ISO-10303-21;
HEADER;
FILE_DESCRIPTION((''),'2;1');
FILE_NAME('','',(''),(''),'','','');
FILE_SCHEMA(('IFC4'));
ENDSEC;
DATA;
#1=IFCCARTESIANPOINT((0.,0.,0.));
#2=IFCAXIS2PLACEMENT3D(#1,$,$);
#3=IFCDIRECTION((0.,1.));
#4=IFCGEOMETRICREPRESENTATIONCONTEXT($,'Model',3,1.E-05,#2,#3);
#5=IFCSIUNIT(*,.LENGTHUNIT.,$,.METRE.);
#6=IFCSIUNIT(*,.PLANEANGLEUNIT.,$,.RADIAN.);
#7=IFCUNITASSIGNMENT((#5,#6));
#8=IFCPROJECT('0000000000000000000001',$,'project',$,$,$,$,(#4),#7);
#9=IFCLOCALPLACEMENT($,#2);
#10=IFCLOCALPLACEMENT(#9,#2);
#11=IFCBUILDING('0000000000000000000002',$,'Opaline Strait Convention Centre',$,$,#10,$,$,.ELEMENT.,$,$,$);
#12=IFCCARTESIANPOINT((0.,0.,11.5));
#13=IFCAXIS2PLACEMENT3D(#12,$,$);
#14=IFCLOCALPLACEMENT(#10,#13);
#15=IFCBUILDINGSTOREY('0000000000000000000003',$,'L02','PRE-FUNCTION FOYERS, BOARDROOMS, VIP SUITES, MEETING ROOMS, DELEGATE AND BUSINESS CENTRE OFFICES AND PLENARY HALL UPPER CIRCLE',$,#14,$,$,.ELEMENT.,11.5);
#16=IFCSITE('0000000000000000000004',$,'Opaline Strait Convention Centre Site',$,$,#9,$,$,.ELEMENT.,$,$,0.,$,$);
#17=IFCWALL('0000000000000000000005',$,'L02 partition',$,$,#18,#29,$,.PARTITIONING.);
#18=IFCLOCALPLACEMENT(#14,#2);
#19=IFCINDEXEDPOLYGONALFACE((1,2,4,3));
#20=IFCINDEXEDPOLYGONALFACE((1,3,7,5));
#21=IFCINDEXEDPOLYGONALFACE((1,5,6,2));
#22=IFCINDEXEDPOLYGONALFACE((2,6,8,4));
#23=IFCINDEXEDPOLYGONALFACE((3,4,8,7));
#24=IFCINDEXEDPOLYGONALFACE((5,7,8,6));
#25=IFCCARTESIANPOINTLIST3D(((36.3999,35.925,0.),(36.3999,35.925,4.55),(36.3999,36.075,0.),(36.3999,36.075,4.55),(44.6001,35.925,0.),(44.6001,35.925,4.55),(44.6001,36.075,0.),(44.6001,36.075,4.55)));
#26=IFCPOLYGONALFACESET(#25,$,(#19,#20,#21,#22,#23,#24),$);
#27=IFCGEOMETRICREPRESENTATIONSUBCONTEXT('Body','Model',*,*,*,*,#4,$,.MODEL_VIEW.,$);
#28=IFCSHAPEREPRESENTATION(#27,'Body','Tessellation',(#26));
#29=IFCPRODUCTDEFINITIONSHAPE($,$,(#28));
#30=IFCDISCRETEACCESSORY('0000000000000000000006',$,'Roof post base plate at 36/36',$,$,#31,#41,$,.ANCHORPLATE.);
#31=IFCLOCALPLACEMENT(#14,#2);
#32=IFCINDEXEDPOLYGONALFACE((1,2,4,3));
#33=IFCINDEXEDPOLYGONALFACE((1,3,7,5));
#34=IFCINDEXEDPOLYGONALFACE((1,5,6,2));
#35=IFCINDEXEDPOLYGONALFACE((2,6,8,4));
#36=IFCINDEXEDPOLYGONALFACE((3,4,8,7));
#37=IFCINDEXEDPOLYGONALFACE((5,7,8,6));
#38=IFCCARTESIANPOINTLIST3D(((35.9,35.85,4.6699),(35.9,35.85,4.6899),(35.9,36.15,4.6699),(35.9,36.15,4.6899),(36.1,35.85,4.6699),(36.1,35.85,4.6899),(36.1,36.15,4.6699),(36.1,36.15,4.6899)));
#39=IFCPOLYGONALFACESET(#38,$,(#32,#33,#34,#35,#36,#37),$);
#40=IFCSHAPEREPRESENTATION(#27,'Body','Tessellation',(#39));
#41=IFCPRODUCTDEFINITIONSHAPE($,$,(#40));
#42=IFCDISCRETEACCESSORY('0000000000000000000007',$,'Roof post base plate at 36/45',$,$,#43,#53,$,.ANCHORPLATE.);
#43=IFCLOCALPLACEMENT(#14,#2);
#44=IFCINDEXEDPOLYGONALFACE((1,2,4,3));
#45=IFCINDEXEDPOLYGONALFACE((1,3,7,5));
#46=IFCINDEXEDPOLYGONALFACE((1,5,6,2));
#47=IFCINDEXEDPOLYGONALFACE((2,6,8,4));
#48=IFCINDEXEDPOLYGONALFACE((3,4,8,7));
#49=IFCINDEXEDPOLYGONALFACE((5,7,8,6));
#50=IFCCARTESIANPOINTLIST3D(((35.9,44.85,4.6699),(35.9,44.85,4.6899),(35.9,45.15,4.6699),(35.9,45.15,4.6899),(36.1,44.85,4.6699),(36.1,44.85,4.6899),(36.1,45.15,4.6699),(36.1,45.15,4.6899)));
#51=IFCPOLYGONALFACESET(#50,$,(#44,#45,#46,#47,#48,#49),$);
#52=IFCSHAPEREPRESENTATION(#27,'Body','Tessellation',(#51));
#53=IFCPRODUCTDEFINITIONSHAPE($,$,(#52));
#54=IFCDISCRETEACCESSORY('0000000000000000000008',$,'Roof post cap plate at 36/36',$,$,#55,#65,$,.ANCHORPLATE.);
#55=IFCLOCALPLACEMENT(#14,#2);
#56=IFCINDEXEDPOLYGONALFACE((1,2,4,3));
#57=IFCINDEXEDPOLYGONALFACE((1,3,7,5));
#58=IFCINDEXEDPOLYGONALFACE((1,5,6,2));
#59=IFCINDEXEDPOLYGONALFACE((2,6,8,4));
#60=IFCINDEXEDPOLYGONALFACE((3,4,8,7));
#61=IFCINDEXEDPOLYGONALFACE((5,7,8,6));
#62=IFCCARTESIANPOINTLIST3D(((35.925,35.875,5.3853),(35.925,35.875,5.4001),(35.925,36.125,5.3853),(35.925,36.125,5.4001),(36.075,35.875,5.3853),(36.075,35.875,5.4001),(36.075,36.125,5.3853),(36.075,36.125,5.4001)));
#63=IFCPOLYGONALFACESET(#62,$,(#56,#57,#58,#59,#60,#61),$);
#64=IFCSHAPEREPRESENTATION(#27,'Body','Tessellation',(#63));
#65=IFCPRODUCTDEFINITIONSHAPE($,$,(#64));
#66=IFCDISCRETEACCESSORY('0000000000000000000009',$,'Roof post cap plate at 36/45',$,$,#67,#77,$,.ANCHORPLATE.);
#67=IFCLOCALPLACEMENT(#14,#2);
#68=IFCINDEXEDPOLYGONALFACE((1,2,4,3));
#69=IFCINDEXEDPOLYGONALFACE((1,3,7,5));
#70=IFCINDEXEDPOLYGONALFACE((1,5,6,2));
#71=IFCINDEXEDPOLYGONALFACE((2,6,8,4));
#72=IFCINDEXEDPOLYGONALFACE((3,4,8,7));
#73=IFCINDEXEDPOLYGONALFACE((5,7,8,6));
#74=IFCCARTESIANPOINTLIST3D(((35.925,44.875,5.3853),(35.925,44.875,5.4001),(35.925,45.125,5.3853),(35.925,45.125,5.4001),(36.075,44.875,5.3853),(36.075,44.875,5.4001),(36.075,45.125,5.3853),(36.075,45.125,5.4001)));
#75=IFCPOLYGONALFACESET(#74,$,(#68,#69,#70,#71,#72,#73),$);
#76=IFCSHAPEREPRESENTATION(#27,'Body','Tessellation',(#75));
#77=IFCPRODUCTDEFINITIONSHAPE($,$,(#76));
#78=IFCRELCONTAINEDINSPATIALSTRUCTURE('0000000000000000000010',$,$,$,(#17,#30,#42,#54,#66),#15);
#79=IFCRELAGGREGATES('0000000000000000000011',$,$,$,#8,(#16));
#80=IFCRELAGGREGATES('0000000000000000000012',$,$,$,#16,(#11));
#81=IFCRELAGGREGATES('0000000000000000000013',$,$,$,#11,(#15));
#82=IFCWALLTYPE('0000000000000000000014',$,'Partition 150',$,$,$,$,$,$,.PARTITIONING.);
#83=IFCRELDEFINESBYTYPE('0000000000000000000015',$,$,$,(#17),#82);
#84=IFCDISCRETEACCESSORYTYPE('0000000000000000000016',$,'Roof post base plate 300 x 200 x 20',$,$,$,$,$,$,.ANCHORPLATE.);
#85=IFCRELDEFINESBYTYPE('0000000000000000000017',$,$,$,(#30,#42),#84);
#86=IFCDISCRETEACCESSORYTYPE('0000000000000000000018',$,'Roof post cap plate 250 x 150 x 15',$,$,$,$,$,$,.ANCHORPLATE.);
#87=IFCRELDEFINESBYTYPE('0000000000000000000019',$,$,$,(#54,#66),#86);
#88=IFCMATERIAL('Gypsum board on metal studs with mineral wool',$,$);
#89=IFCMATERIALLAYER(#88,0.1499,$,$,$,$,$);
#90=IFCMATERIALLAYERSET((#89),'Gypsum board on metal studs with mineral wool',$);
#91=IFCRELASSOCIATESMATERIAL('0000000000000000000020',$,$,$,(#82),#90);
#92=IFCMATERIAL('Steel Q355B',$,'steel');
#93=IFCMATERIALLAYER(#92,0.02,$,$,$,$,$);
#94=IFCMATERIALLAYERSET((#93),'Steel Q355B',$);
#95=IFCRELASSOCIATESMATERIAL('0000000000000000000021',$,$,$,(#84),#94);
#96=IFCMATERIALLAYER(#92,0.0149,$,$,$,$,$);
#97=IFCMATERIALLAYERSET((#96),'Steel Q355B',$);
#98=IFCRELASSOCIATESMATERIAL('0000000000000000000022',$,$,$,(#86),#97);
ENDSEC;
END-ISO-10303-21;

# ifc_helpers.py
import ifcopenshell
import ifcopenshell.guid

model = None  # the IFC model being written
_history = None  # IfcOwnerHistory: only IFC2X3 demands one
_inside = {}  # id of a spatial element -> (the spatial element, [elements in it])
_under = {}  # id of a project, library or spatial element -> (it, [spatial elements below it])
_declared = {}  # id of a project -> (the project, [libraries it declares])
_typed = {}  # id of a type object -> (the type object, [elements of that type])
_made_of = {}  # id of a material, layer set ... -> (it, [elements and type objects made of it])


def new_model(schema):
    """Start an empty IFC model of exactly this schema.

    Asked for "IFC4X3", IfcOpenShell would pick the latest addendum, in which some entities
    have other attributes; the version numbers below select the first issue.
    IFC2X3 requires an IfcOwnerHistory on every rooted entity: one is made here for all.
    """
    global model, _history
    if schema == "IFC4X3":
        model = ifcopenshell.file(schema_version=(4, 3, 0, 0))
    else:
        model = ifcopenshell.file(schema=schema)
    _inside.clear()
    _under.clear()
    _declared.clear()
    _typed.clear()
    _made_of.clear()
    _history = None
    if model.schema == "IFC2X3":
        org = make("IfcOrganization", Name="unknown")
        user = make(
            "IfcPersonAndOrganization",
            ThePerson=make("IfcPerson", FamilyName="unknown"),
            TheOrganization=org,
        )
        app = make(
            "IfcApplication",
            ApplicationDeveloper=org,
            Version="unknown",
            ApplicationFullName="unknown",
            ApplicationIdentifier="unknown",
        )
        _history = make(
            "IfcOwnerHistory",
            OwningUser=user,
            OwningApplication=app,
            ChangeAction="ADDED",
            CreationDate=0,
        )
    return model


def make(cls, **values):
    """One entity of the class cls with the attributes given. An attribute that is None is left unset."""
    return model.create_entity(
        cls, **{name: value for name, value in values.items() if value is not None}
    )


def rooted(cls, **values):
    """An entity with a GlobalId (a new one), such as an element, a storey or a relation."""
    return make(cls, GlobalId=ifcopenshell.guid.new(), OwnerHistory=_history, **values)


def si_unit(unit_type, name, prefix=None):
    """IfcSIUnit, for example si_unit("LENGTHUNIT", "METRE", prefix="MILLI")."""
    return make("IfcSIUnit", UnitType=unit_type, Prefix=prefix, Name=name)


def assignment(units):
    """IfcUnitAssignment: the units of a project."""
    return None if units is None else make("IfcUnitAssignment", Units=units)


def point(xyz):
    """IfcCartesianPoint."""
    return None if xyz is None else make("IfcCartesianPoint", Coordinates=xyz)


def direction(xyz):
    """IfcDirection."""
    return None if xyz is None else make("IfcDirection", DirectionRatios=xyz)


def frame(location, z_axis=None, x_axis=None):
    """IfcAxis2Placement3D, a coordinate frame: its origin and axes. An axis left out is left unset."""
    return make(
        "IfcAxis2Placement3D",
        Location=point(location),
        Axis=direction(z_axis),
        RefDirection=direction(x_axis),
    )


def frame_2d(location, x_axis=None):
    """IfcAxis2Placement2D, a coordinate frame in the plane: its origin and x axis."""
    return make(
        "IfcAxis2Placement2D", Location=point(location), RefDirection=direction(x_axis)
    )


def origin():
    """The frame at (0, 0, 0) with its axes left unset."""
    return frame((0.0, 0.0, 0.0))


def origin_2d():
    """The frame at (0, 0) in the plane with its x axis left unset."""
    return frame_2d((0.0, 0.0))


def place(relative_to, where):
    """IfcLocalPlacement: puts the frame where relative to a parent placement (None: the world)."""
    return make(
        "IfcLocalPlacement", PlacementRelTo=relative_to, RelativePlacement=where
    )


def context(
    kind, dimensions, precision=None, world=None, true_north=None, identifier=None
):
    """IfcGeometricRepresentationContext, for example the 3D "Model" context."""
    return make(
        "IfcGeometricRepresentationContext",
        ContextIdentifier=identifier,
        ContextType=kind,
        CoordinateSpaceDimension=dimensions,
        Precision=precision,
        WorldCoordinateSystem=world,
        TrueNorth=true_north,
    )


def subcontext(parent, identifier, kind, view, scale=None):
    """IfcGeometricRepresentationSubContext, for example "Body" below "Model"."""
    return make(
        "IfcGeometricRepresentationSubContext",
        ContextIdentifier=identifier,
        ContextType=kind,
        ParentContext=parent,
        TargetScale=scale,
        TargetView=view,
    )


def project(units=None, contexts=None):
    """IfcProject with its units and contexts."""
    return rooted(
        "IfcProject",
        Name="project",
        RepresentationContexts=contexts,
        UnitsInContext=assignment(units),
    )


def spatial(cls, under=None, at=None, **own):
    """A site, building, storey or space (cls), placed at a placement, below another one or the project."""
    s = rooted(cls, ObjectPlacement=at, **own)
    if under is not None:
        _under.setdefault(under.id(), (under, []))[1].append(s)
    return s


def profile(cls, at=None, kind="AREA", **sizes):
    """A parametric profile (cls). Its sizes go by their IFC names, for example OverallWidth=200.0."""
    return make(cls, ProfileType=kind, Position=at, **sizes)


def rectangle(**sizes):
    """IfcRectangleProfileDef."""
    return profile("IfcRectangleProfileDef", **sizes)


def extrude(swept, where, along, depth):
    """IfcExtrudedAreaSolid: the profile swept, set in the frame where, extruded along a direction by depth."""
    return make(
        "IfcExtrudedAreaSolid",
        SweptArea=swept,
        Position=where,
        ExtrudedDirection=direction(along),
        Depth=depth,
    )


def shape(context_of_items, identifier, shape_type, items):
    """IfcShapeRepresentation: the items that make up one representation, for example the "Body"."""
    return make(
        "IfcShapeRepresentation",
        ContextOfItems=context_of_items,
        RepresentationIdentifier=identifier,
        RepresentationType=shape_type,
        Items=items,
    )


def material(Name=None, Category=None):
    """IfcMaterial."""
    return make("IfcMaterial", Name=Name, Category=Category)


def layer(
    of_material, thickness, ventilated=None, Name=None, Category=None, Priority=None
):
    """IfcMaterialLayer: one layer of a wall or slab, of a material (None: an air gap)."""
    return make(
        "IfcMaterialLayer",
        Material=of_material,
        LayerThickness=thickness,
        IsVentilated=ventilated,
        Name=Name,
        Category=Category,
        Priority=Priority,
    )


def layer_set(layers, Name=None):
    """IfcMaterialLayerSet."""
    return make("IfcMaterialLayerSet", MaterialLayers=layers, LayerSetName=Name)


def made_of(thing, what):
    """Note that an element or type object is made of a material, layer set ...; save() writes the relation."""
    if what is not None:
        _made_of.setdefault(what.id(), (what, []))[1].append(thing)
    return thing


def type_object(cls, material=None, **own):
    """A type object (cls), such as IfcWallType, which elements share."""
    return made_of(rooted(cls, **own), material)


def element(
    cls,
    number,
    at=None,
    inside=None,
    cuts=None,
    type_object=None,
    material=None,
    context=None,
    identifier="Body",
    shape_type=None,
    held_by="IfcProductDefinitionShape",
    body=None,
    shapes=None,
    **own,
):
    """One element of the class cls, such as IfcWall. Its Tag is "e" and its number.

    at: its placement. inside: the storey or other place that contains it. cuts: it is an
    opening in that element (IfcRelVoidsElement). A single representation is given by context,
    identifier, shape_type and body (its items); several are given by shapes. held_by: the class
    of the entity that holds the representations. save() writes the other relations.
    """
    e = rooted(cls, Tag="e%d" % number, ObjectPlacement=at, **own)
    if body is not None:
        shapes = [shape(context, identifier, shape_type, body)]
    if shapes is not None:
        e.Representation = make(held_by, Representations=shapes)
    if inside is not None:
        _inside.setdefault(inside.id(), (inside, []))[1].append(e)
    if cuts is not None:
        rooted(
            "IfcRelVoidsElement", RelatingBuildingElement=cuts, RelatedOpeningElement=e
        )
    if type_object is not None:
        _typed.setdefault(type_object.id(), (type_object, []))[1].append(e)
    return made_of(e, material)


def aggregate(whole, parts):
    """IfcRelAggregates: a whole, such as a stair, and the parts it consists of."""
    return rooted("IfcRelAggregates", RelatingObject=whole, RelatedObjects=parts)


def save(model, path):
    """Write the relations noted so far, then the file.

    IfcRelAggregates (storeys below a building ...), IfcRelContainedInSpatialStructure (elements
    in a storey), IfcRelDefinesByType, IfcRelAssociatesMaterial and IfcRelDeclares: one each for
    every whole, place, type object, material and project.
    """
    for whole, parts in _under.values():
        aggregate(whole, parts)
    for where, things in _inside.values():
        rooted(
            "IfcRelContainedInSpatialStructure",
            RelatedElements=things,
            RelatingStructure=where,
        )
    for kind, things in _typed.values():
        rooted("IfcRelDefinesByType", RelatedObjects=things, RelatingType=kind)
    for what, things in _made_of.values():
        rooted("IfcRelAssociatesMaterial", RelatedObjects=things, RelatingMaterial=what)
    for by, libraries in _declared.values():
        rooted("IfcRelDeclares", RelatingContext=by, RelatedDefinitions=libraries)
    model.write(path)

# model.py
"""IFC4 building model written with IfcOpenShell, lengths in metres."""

from ifc_helpers import new_model, si_unit, direction, frame, frame_2d, origin, origin_2d, place, context, subcontext, project, spatial, rectangle, extrude, material, layer, layer_set, type_object, element, save


model = new_model("IFC4")

# Units and contexts
model_context = context("Model", 3, precision=1e-05, world=origin(), true_north=direction((0.0, 1.0)))
body_context = subcontext(model_context, "Body", "Model", "MODEL_VIEW")
ifc_project = project(units=[si_unit("LENGTHUNIT", "METRE"), si_unit("PLANEANGLEUNIT", "RADIAN")], contexts=[model_context])

# Site, building, storey
site_placement = place(None, origin())
site = spatial("IfcSite", under=ifc_project, at=site_placement, Name="Opaline Strait Convention Centre Site", CompositionType="ELEMENT", RefElevation=0.0)
building_placement = place(site_placement, origin())
building = spatial("IfcBuilding", under=site, at=building_placement, Name="Opaline Strait Convention Centre", CompositionType="ELEMENT")
storey_placement = place(building_placement, frame((0.0, 0.0, 11.5)))
storey = spatial("IfcBuildingStorey", under=building, at=storey_placement, Name="L02", Description="PRE-FUNCTION FOYERS, BOARDROOMS, VIP SUITES, MEETING ROOMS, DELEGATE AND BUSINESS CENTRE OFFICES AND PLENARY HALL UPPER CIRCLE", CompositionType="ELEMENT", Elevation=11.5)

# Shared definitions
ifc_material_1 = material(Name="Steel Q355B", Category="steel")

# Wall
ifc_material_2 = material(Name="Gypsum board on metal studs with mineral wool")
ifc_layer_1 = layer(ifc_material_2, 0.1499)
ifc_layer_set_1 = layer_set([ifc_layer_1], Name="Gypsum board on metal studs with mineral wool")
wall_type = type_object("IfcWallType", Name="Partition 150", PredefinedType="PARTITIONING", material=ifc_layer_set_1)
wall_placement = place(storey_placement, frame((36.3999, 36.0, 0.0), z_axis=(0.0, 0.0, 1.0), x_axis=(1.0, 0.0, 0.0)))
element("IfcWall", 1, at=wall_placement, inside=storey, type_object=wall_type, Name="L02 partition", PredefinedType="PARTITIONING", context=body_context, shape_type="SweptSolid", body=[
    extrude(rectangle(XDim=8.2002, YDim=0.1499, at=frame_2d((4.1001, 0.0))), origin(), (0.0, 0.0, 1.0), 4.55),
])

# Discrete accessories
ifc_layer_2 = layer(ifc_material_1, 0.02)
ifc_layer_set_2 = layer_set([ifc_layer_2], Name="Steel Q355B")
discrete_accessory_type_1 = type_object("IfcDiscreteAccessoryType", Name="Roof post base plate 300 x 200 x 20", PredefinedType="ANCHORPLATE", material=ifc_layer_set_2)
for number, where, z_axis, x_axis, name in (
    (2, (36.0, 36.0, 4.6699), (0.0, 0.0, 1.0), (1.0, 0.0, 0.0), "Roof post base plate at 36/36"),
    (3, (36.0, 45.0, 4.6699), (0.0, 0.0, 1.0), (1.0, 0.0, 0.0), "Roof post base plate at 36/45"),
):
    element("IfcDiscreteAccessory", number, at=place(storey_placement, frame(where, z_axis=z_axis, x_axis=x_axis)), inside=storey, type_object=discrete_accessory_type_1, Name=name, PredefinedType="ANCHORPLATE", context=body_context, shape_type="SweptSolid", body=[
        extrude(rectangle(XDim=0.2, YDim=0.3, at=origin_2d()), origin(), (0.0, 0.0, 1.0), 0.02),
    ])
ifc_layer_3 = layer(ifc_material_1, 0.0149)
ifc_layer_set_3 = layer_set([ifc_layer_3], Name="Steel Q355B")
discrete_accessory_type_2 = type_object("IfcDiscreteAccessoryType", Name="Roof post cap plate 250 x 150 x 15", PredefinedType="ANCHORPLATE", material=ifc_layer_set_3)
for number, where, z_axis, x_axis, name in (
    (4, (36.0, 36.0, 5.3853), (0.0, 0.0, 1.0), (1.0, 0.0, 0.0), "Roof post cap plate at 36/36"),
    (5, (36.0, 45.0, 5.3853), (0.0, 0.0, 1.0), (1.0, 0.0, 0.0), "Roof post cap plate at 36/45"),
):
    element("IfcDiscreteAccessory", number, at=place(storey_placement, frame(where, z_axis=z_axis, x_axis=x_axis)), inside=storey, type_object=discrete_accessory_type_2, Name=name, PredefinedType="ANCHORPLATE", context=body_context, shape_type="SweptSolid", body=[
        extrude(rectangle(XDim=0.1499, YDim=0.25, at=origin_2d()), origin(), (0.0, 0.0, 1.0), 0.0149),
    ])

save(model, "model.ifc")
